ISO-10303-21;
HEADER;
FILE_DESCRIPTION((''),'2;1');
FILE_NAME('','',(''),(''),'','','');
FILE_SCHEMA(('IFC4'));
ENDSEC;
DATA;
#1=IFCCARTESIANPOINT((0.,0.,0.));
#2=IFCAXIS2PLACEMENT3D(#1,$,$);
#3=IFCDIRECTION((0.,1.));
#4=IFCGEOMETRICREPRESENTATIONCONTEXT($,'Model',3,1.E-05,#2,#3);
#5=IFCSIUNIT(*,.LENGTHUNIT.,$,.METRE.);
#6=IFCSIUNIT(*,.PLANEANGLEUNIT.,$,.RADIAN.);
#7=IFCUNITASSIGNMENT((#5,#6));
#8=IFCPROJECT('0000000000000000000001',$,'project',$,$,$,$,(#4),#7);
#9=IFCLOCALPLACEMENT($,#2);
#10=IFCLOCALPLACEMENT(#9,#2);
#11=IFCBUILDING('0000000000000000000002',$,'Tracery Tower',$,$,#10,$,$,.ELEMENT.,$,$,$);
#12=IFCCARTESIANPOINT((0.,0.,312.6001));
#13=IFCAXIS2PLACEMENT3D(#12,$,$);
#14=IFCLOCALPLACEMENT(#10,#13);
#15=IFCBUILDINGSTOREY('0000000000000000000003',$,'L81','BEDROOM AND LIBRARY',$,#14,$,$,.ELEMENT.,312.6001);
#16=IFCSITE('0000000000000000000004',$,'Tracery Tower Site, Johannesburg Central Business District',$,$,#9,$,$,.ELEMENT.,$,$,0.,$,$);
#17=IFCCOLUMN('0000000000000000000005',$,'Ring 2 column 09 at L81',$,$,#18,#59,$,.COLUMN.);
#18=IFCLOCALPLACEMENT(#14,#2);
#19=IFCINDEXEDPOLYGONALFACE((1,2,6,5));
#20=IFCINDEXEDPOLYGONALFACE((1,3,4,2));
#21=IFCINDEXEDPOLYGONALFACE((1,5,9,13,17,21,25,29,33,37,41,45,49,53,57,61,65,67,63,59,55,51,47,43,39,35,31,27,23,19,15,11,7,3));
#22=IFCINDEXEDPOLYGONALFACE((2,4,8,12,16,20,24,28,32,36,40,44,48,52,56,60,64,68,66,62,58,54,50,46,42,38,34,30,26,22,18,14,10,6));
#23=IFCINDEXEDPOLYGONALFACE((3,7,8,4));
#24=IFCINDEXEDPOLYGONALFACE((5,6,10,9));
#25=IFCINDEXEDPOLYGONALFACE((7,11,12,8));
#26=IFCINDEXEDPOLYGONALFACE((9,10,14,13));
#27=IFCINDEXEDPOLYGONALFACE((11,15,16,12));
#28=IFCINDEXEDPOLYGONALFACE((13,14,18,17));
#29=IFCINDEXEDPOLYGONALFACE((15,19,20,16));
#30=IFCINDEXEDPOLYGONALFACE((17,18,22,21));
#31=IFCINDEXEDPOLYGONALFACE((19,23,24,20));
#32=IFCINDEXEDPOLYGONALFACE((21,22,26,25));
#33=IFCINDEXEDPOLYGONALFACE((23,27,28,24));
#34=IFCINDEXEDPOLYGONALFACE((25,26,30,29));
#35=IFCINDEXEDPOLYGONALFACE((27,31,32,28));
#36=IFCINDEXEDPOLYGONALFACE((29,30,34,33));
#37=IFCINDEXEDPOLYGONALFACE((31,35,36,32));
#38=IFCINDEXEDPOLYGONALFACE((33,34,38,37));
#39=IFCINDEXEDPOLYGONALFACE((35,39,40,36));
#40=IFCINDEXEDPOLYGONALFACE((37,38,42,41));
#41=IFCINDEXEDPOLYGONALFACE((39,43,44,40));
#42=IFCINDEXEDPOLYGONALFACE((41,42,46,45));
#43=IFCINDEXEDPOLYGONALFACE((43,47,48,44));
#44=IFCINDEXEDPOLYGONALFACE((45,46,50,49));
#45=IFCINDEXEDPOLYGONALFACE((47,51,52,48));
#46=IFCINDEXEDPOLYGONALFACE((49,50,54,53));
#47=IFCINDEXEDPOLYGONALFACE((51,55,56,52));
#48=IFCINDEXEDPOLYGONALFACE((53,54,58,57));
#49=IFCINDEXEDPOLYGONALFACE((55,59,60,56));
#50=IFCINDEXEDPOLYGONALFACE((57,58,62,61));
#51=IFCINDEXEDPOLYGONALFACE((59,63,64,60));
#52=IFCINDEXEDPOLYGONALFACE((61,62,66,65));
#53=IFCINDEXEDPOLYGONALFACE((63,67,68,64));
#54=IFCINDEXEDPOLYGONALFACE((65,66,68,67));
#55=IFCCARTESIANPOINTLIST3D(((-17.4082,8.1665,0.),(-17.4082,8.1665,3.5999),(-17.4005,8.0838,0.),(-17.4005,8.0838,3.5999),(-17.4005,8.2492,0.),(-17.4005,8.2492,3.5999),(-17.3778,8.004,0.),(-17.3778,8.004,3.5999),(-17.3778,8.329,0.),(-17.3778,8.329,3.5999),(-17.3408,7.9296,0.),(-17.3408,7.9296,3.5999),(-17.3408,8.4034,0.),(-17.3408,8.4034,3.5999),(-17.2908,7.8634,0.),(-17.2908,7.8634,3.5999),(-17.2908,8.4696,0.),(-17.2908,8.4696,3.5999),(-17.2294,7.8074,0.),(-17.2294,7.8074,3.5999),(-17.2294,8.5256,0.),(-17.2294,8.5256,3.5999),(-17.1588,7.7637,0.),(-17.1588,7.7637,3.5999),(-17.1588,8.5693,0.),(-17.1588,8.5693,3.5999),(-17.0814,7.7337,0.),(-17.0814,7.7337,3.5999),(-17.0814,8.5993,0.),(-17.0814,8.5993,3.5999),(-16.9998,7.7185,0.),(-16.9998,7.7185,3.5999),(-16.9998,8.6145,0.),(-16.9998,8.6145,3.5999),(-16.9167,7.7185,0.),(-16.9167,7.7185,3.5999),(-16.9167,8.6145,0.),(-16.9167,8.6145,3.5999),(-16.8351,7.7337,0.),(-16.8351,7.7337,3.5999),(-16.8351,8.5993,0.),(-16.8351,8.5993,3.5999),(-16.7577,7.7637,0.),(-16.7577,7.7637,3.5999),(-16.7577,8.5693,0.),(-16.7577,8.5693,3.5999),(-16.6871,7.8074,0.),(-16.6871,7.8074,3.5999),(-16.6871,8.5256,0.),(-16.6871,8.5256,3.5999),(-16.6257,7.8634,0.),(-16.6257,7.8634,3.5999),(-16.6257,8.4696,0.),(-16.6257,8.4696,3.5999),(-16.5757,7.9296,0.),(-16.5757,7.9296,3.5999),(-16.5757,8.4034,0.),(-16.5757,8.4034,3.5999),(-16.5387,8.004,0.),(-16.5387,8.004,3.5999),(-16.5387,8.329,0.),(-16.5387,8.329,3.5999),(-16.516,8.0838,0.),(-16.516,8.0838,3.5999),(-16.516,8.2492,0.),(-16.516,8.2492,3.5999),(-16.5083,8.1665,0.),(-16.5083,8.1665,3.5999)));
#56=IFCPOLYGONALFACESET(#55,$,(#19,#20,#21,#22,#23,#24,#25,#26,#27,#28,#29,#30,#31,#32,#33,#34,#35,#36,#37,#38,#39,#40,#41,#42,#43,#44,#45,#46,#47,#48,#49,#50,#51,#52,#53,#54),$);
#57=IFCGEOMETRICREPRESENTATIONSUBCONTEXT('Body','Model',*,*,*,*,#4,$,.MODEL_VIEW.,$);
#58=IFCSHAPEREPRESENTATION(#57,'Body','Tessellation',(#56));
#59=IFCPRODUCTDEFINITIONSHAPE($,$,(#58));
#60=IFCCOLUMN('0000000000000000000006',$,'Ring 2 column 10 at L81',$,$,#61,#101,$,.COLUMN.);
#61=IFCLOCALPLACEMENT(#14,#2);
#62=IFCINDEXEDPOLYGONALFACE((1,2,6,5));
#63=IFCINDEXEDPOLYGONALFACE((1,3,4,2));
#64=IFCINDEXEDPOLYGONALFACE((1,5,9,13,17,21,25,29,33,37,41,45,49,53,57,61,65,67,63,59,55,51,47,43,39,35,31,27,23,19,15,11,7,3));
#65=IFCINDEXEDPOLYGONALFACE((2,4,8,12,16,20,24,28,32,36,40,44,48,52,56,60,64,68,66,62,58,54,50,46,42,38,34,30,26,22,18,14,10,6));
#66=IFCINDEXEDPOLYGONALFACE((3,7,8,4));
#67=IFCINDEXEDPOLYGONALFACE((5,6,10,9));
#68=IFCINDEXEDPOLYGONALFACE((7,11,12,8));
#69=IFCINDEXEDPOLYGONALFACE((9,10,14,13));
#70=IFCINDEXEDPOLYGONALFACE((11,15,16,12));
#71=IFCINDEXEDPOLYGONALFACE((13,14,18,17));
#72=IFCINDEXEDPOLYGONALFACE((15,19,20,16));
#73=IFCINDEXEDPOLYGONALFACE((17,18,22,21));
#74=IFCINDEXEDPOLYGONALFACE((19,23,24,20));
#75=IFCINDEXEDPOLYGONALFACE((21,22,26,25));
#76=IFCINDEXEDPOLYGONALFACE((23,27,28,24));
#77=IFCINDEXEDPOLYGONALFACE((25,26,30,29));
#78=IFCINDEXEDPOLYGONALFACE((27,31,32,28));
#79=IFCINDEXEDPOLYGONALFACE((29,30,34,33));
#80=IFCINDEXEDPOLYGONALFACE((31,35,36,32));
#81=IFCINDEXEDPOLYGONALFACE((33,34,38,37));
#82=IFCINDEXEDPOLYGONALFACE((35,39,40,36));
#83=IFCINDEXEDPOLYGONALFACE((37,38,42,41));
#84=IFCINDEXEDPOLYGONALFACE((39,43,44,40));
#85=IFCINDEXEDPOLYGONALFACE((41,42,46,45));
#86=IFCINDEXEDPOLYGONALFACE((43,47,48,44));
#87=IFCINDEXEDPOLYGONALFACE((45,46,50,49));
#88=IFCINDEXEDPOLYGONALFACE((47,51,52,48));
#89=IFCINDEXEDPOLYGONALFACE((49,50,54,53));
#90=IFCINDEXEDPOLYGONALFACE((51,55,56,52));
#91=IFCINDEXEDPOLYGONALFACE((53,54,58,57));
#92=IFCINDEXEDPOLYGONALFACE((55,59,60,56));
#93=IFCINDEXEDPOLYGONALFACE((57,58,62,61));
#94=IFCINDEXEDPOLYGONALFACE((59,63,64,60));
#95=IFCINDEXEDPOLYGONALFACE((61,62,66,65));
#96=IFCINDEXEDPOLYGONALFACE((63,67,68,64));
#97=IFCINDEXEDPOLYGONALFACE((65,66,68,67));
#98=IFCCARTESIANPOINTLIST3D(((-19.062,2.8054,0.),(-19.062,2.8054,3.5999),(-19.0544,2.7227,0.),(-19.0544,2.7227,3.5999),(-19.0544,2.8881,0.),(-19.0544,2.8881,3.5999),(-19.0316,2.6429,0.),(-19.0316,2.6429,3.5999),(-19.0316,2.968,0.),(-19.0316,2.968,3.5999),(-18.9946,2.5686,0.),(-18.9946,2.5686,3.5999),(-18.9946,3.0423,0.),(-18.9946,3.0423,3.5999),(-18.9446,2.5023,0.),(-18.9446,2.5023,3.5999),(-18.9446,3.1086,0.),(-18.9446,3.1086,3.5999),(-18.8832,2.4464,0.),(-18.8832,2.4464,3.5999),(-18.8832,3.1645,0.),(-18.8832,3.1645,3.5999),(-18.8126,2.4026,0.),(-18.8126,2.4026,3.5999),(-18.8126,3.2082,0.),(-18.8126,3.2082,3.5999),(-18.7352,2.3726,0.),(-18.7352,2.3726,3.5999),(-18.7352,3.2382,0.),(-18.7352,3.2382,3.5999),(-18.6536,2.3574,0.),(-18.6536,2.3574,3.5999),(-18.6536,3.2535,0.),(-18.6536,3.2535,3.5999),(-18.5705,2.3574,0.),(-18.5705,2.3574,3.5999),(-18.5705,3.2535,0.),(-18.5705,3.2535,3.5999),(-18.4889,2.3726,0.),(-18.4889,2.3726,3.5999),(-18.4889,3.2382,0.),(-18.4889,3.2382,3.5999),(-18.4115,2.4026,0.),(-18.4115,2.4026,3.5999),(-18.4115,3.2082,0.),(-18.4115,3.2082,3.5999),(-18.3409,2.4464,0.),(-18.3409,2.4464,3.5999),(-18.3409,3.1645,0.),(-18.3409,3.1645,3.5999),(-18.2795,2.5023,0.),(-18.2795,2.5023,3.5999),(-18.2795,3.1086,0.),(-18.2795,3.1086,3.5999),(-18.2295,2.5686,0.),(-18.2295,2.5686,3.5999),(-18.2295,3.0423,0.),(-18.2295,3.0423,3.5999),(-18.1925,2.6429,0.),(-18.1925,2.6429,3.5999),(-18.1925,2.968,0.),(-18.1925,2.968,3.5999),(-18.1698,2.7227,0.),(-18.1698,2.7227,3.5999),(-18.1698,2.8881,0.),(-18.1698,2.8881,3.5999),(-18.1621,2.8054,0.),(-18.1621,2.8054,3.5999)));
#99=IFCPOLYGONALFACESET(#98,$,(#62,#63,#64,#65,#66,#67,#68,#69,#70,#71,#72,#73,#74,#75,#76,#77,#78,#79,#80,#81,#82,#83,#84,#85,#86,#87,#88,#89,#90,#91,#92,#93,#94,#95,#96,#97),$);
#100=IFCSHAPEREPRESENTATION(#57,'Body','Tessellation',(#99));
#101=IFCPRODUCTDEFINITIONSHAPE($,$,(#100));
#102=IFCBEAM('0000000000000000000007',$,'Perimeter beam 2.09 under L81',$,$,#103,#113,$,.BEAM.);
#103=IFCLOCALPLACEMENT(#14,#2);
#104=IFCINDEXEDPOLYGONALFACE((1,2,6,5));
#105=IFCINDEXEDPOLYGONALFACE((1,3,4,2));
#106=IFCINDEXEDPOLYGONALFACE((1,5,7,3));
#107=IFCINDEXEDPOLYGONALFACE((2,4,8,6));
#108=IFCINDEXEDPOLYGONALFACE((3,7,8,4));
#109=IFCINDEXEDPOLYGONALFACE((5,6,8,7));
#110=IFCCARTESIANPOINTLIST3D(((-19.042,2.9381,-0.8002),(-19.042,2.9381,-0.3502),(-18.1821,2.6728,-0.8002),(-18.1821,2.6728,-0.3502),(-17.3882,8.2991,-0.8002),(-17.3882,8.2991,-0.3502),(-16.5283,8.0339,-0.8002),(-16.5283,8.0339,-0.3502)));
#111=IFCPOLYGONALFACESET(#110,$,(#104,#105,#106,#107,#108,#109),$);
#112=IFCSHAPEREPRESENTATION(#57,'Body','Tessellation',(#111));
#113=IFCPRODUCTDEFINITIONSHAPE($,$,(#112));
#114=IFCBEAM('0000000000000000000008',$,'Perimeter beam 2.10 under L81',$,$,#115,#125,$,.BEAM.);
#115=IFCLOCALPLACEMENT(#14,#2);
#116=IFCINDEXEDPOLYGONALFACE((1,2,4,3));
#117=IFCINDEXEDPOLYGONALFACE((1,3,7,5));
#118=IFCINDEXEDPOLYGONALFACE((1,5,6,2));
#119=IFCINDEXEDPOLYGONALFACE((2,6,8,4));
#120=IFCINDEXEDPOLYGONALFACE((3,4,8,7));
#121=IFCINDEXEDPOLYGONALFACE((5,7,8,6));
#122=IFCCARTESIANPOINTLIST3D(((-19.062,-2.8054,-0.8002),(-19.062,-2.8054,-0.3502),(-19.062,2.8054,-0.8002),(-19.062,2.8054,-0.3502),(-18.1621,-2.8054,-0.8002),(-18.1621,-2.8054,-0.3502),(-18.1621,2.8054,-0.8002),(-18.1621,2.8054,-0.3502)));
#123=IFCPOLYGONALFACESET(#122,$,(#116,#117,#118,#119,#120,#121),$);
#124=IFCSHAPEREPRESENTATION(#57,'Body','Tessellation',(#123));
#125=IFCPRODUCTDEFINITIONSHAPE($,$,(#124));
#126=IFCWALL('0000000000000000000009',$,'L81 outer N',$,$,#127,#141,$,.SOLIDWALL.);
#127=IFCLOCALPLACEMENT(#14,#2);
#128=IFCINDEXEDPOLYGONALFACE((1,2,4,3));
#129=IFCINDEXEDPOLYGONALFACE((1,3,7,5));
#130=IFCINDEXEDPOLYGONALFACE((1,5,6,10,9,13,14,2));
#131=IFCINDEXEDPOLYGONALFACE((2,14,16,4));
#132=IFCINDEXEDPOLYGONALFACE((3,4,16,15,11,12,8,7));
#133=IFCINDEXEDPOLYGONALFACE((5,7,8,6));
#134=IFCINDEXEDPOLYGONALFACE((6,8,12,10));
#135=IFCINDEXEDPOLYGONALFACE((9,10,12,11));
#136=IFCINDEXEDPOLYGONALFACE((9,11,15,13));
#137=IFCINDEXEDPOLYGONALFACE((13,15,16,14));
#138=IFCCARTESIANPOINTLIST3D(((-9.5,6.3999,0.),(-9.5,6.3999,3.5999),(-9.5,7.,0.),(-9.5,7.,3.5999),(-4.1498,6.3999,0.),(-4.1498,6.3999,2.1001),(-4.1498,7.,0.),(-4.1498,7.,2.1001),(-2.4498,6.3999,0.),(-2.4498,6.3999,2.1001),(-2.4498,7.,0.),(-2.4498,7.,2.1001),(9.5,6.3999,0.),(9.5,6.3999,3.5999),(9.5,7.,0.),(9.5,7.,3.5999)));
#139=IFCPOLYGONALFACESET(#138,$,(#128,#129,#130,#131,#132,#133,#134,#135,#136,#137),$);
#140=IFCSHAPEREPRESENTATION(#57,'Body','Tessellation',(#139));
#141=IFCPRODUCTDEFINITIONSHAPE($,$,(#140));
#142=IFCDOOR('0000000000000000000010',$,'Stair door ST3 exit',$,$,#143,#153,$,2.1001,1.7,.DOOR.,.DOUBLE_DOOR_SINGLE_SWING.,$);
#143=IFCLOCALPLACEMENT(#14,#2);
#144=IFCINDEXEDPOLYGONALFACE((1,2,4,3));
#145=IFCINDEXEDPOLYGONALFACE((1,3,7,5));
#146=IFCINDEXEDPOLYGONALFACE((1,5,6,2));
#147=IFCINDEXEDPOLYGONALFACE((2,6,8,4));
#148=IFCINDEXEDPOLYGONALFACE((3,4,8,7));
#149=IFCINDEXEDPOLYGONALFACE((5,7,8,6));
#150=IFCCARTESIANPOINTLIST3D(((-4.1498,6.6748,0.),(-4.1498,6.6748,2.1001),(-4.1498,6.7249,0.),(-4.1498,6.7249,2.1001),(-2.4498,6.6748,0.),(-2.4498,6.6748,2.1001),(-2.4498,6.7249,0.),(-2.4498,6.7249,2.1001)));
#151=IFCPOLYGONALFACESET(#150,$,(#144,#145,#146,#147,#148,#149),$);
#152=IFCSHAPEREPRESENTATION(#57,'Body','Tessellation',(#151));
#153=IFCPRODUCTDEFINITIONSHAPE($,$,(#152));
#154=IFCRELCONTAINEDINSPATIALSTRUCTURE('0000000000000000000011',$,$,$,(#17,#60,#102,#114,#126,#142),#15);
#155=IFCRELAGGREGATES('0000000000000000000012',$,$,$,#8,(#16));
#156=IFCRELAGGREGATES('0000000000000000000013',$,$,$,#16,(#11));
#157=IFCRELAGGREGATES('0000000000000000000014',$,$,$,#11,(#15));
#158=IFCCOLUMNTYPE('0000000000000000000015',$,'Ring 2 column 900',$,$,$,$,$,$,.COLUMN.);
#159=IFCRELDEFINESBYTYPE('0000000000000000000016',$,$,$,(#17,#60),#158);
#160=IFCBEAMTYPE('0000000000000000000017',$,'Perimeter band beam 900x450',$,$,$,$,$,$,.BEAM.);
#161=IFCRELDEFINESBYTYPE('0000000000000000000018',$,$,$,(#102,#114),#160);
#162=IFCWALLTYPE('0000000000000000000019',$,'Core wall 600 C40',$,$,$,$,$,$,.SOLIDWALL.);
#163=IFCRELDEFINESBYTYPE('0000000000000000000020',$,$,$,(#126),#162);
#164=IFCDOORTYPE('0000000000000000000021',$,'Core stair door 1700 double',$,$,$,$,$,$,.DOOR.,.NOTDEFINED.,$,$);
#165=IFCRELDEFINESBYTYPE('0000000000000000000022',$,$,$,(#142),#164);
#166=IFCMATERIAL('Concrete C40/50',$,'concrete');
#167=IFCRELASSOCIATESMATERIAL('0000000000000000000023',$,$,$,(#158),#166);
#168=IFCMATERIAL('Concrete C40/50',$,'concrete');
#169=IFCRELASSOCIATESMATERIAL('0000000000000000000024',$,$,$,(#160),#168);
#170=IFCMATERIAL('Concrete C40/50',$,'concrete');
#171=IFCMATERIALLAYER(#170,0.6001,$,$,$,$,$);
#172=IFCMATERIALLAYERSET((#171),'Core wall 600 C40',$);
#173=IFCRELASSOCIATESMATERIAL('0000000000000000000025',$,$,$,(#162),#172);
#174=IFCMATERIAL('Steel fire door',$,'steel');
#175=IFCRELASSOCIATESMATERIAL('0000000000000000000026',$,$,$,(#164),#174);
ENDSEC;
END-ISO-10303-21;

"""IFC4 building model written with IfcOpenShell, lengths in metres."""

from ifc_helpers import new_model, si_unit, direction, frame, frame_2d, origin, origin_2d, place, context, subcontext, project, spatial, rectangle, circle, extrude, material, layer, layer_set, material_profile, profile_set, type_object, element, fill, save


model = new_model("IFC4")

# Units and contexts
model_context = context("Model", 3, precision=1e-05, world=origin(), true_north=direction((0.0, 1.0)))
body_context = subcontext(model_context, "Body", "Model", "MODEL_VIEW")
ifc_project = project(units=[si_unit("LENGTHUNIT", "METRE"), si_unit("PLANEANGLEUNIT", "RADIAN")], contexts=[model_context])

# Site, building, storey
site_placement = place(None, origin())
site = spatial("IfcSite", under=ifc_project, at=site_placement, Name="Tracery Tower Site, Johannesburg Central Business District", CompositionType="ELEMENT", RefElevation=0.0)
building_placement = place(site_placement, origin())
building = spatial("IfcBuilding", under=site, at=building_placement, Name="Tracery Tower", CompositionType="ELEMENT")
storey_placement = place(building_placement, frame((0.0, 0.0, 312.6001)))
storey = spatial("IfcBuildingStorey", under=building, at=storey_placement, Name="L81", Description="BEDROOM AND LIBRARY", CompositionType="ELEMENT", Elevation=312.6001)

# Columns
ifc_material_1 = material(Name="Concrete C40/50", Category="concrete")
ifc_material_profile_1 = material_profile(ifc_material_1, circle(Radius=0.45, at=origin_2d()), Name="RC D900")
ifc_profile_set_1 = profile_set([ifc_material_profile_1], Name="Concrete C40/50")
column_type = type_object("IfcColumnType", Name="Ring 2 column 900", PredefinedType="COLUMN", material=ifc_profile_set_1)
for number, where, z_axis, x_axis, name in (
    (1, (-16.9583, 8.1665, 0.0), (0.0, 0.0, 1.0), (1.0, 0.0, 0.0), "Ring 2 column 09 at L81"),
    (2, (-18.6121, 2.8054, 0.0), (0.0, 0.0, 1.0), (1.0, 0.0, 0.0), "Ring 2 column 10 at L81"),
):
    element("IfcColumn", number, at=place(storey_placement, frame(where, z_axis=z_axis, x_axis=x_axis)), inside=storey, type_object=column_type, Name=name, PredefinedType="COLUMN", context=body_context, shape_type="SweptSolid", body=[
        extrude(circle(Radius=0.45, at=origin_2d()), origin(), (0.0, 0.0, 1.0), 3.5999),
    ])

# Beams
ifc_material_2 = material(Name="Concrete C40/50", Category="concrete")
ifc_material_profile_2 = material_profile(ifc_material_2, rectangle(XDim=0.8999, YDim=0.45, at=origin_2d()), Name="RC 900x450")
ifc_profile_set_2 = profile_set([ifc_material_profile_2], Name="Concrete C40/50")
beam_type = type_object("IfcBeamType", Name="Perimeter band beam 900x450", PredefinedType="BEAM", material=ifc_profile_set_2)
beam_1_placement = place(storey_placement, frame((-16.9583, 8.1665, -0.5752), z_axis=(-0.294777, -0.955566, 0.0), x_axis=(0.955566, -0.294777, 0.0)))
element("IfcBeam", 3, at=beam_1_placement, inside=storey, type_object=beam_type, Name="Perimeter beam 2.09 under L81", PredefinedType="BEAM", context=body_context, shape_type="SweptSolid", body=[
    extrude(rectangle(XDim=0.8999, YDim=0.45, at=origin_2d()), origin(), (0.0, 0.0, 1.0), 5.6104),
])
beam_2_placement = place(storey_placement, frame((-18.6121, 2.8054, -0.5752), z_axis=(0.0, -1.0, 0.0), x_axis=(1.0, 0.0, 0.0)))
element("IfcBeam", 4, at=beam_2_placement, inside=storey, type_object=beam_type, Name="Perimeter beam 2.10 under L81", PredefinedType="BEAM", context=body_context, shape_type="SweptSolid", body=[
    extrude(rectangle(XDim=0.8999, YDim=0.45, at=origin_2d()), origin(), (0.0, 0.0, 1.0), 5.6108),
])

# Wall, opening, door
ifc_material_3 = material(Name="Concrete C40/50", Category="concrete")
ifc_layer_1 = layer(ifc_material_3, 0.6001)
ifc_layer_set_1 = layer_set([ifc_layer_1], Name="Core wall 600 C40")
wall_type_1 = type_object("IfcWallType", Name="Core wall 600 C40", PredefinedType="SOLIDWALL", material=ifc_layer_set_1)
wall_1_placement = place(storey_placement, frame((-9.5, 6.7, 0.0), z_axis=(0.0, 0.0, 1.0), x_axis=(1.0, 0.0, 0.0)))
wall_1 = element("IfcWall", 5, at=wall_1_placement, inside=storey, type_object=wall_type_1, Name="L81 outer N", PredefinedType="SOLIDWALL", context=body_context, shape_type="SweptSolid", body=[
    extrude(rectangle(XDim=19.0, YDim=0.6001, at=frame_2d((9.5, 0.0))), origin(), (0.0, 0.0, 1.0), 3.5999),
])
opening_1_placement = place(wall_1_placement, frame((5.3501, 0.0, 0.0)))
opening_1 = element("IfcOpeningElement", 6, at=opening_1_placement, cuts=wall_1, PredefinedType="OPENING", context=body_context, shape_type="SweptSolid", body=[
    extrude(rectangle(XDim=1.7, YDim=2.1001, at=frame_2d((0.8501, 1.05))), frame((0.0, 0.3, 0.0), z_axis=(0.0, -1.0, 0.0), x_axis=(1.0, 0.0, 0.0)), (0.0, 0.0, 1.0), 0.6001),
])
ifc_material_4 = material(Name="Steel fire door", Category="steel")
door_type_1 = type_object("IfcDoorType", Name="Core stair door 1700 double", OperationType="NOTDEFINED", PredefinedType="DOOR", material=ifc_material_4)
door_1_placement = place(opening_1_placement, origin())
door_1 = element("IfcDoor", 7, at=door_1_placement, inside=storey, type_object=door_type_1, Name="Stair door ST3 exit", OperationType="DOUBLE_DOOR_SINGLE_SWING", OverallHeight=2.1001, OverallWidth=1.7, PredefinedType="DOOR", context=body_context, shape_type="SweptSolid", body=[
    extrude(rectangle(XDim=1.7, YDim=2.1001, at=frame_2d((0.8501, 1.05))), frame((0.0, 0.0249, 0.0), z_axis=(0.0, -1.0, 0.0), x_axis=(1.0, 0.0, 0.0)), (0.0, 0.0, 1.0), 0.05),
])
fill(opening_1, door_1)

save(model, "model.ifc")
